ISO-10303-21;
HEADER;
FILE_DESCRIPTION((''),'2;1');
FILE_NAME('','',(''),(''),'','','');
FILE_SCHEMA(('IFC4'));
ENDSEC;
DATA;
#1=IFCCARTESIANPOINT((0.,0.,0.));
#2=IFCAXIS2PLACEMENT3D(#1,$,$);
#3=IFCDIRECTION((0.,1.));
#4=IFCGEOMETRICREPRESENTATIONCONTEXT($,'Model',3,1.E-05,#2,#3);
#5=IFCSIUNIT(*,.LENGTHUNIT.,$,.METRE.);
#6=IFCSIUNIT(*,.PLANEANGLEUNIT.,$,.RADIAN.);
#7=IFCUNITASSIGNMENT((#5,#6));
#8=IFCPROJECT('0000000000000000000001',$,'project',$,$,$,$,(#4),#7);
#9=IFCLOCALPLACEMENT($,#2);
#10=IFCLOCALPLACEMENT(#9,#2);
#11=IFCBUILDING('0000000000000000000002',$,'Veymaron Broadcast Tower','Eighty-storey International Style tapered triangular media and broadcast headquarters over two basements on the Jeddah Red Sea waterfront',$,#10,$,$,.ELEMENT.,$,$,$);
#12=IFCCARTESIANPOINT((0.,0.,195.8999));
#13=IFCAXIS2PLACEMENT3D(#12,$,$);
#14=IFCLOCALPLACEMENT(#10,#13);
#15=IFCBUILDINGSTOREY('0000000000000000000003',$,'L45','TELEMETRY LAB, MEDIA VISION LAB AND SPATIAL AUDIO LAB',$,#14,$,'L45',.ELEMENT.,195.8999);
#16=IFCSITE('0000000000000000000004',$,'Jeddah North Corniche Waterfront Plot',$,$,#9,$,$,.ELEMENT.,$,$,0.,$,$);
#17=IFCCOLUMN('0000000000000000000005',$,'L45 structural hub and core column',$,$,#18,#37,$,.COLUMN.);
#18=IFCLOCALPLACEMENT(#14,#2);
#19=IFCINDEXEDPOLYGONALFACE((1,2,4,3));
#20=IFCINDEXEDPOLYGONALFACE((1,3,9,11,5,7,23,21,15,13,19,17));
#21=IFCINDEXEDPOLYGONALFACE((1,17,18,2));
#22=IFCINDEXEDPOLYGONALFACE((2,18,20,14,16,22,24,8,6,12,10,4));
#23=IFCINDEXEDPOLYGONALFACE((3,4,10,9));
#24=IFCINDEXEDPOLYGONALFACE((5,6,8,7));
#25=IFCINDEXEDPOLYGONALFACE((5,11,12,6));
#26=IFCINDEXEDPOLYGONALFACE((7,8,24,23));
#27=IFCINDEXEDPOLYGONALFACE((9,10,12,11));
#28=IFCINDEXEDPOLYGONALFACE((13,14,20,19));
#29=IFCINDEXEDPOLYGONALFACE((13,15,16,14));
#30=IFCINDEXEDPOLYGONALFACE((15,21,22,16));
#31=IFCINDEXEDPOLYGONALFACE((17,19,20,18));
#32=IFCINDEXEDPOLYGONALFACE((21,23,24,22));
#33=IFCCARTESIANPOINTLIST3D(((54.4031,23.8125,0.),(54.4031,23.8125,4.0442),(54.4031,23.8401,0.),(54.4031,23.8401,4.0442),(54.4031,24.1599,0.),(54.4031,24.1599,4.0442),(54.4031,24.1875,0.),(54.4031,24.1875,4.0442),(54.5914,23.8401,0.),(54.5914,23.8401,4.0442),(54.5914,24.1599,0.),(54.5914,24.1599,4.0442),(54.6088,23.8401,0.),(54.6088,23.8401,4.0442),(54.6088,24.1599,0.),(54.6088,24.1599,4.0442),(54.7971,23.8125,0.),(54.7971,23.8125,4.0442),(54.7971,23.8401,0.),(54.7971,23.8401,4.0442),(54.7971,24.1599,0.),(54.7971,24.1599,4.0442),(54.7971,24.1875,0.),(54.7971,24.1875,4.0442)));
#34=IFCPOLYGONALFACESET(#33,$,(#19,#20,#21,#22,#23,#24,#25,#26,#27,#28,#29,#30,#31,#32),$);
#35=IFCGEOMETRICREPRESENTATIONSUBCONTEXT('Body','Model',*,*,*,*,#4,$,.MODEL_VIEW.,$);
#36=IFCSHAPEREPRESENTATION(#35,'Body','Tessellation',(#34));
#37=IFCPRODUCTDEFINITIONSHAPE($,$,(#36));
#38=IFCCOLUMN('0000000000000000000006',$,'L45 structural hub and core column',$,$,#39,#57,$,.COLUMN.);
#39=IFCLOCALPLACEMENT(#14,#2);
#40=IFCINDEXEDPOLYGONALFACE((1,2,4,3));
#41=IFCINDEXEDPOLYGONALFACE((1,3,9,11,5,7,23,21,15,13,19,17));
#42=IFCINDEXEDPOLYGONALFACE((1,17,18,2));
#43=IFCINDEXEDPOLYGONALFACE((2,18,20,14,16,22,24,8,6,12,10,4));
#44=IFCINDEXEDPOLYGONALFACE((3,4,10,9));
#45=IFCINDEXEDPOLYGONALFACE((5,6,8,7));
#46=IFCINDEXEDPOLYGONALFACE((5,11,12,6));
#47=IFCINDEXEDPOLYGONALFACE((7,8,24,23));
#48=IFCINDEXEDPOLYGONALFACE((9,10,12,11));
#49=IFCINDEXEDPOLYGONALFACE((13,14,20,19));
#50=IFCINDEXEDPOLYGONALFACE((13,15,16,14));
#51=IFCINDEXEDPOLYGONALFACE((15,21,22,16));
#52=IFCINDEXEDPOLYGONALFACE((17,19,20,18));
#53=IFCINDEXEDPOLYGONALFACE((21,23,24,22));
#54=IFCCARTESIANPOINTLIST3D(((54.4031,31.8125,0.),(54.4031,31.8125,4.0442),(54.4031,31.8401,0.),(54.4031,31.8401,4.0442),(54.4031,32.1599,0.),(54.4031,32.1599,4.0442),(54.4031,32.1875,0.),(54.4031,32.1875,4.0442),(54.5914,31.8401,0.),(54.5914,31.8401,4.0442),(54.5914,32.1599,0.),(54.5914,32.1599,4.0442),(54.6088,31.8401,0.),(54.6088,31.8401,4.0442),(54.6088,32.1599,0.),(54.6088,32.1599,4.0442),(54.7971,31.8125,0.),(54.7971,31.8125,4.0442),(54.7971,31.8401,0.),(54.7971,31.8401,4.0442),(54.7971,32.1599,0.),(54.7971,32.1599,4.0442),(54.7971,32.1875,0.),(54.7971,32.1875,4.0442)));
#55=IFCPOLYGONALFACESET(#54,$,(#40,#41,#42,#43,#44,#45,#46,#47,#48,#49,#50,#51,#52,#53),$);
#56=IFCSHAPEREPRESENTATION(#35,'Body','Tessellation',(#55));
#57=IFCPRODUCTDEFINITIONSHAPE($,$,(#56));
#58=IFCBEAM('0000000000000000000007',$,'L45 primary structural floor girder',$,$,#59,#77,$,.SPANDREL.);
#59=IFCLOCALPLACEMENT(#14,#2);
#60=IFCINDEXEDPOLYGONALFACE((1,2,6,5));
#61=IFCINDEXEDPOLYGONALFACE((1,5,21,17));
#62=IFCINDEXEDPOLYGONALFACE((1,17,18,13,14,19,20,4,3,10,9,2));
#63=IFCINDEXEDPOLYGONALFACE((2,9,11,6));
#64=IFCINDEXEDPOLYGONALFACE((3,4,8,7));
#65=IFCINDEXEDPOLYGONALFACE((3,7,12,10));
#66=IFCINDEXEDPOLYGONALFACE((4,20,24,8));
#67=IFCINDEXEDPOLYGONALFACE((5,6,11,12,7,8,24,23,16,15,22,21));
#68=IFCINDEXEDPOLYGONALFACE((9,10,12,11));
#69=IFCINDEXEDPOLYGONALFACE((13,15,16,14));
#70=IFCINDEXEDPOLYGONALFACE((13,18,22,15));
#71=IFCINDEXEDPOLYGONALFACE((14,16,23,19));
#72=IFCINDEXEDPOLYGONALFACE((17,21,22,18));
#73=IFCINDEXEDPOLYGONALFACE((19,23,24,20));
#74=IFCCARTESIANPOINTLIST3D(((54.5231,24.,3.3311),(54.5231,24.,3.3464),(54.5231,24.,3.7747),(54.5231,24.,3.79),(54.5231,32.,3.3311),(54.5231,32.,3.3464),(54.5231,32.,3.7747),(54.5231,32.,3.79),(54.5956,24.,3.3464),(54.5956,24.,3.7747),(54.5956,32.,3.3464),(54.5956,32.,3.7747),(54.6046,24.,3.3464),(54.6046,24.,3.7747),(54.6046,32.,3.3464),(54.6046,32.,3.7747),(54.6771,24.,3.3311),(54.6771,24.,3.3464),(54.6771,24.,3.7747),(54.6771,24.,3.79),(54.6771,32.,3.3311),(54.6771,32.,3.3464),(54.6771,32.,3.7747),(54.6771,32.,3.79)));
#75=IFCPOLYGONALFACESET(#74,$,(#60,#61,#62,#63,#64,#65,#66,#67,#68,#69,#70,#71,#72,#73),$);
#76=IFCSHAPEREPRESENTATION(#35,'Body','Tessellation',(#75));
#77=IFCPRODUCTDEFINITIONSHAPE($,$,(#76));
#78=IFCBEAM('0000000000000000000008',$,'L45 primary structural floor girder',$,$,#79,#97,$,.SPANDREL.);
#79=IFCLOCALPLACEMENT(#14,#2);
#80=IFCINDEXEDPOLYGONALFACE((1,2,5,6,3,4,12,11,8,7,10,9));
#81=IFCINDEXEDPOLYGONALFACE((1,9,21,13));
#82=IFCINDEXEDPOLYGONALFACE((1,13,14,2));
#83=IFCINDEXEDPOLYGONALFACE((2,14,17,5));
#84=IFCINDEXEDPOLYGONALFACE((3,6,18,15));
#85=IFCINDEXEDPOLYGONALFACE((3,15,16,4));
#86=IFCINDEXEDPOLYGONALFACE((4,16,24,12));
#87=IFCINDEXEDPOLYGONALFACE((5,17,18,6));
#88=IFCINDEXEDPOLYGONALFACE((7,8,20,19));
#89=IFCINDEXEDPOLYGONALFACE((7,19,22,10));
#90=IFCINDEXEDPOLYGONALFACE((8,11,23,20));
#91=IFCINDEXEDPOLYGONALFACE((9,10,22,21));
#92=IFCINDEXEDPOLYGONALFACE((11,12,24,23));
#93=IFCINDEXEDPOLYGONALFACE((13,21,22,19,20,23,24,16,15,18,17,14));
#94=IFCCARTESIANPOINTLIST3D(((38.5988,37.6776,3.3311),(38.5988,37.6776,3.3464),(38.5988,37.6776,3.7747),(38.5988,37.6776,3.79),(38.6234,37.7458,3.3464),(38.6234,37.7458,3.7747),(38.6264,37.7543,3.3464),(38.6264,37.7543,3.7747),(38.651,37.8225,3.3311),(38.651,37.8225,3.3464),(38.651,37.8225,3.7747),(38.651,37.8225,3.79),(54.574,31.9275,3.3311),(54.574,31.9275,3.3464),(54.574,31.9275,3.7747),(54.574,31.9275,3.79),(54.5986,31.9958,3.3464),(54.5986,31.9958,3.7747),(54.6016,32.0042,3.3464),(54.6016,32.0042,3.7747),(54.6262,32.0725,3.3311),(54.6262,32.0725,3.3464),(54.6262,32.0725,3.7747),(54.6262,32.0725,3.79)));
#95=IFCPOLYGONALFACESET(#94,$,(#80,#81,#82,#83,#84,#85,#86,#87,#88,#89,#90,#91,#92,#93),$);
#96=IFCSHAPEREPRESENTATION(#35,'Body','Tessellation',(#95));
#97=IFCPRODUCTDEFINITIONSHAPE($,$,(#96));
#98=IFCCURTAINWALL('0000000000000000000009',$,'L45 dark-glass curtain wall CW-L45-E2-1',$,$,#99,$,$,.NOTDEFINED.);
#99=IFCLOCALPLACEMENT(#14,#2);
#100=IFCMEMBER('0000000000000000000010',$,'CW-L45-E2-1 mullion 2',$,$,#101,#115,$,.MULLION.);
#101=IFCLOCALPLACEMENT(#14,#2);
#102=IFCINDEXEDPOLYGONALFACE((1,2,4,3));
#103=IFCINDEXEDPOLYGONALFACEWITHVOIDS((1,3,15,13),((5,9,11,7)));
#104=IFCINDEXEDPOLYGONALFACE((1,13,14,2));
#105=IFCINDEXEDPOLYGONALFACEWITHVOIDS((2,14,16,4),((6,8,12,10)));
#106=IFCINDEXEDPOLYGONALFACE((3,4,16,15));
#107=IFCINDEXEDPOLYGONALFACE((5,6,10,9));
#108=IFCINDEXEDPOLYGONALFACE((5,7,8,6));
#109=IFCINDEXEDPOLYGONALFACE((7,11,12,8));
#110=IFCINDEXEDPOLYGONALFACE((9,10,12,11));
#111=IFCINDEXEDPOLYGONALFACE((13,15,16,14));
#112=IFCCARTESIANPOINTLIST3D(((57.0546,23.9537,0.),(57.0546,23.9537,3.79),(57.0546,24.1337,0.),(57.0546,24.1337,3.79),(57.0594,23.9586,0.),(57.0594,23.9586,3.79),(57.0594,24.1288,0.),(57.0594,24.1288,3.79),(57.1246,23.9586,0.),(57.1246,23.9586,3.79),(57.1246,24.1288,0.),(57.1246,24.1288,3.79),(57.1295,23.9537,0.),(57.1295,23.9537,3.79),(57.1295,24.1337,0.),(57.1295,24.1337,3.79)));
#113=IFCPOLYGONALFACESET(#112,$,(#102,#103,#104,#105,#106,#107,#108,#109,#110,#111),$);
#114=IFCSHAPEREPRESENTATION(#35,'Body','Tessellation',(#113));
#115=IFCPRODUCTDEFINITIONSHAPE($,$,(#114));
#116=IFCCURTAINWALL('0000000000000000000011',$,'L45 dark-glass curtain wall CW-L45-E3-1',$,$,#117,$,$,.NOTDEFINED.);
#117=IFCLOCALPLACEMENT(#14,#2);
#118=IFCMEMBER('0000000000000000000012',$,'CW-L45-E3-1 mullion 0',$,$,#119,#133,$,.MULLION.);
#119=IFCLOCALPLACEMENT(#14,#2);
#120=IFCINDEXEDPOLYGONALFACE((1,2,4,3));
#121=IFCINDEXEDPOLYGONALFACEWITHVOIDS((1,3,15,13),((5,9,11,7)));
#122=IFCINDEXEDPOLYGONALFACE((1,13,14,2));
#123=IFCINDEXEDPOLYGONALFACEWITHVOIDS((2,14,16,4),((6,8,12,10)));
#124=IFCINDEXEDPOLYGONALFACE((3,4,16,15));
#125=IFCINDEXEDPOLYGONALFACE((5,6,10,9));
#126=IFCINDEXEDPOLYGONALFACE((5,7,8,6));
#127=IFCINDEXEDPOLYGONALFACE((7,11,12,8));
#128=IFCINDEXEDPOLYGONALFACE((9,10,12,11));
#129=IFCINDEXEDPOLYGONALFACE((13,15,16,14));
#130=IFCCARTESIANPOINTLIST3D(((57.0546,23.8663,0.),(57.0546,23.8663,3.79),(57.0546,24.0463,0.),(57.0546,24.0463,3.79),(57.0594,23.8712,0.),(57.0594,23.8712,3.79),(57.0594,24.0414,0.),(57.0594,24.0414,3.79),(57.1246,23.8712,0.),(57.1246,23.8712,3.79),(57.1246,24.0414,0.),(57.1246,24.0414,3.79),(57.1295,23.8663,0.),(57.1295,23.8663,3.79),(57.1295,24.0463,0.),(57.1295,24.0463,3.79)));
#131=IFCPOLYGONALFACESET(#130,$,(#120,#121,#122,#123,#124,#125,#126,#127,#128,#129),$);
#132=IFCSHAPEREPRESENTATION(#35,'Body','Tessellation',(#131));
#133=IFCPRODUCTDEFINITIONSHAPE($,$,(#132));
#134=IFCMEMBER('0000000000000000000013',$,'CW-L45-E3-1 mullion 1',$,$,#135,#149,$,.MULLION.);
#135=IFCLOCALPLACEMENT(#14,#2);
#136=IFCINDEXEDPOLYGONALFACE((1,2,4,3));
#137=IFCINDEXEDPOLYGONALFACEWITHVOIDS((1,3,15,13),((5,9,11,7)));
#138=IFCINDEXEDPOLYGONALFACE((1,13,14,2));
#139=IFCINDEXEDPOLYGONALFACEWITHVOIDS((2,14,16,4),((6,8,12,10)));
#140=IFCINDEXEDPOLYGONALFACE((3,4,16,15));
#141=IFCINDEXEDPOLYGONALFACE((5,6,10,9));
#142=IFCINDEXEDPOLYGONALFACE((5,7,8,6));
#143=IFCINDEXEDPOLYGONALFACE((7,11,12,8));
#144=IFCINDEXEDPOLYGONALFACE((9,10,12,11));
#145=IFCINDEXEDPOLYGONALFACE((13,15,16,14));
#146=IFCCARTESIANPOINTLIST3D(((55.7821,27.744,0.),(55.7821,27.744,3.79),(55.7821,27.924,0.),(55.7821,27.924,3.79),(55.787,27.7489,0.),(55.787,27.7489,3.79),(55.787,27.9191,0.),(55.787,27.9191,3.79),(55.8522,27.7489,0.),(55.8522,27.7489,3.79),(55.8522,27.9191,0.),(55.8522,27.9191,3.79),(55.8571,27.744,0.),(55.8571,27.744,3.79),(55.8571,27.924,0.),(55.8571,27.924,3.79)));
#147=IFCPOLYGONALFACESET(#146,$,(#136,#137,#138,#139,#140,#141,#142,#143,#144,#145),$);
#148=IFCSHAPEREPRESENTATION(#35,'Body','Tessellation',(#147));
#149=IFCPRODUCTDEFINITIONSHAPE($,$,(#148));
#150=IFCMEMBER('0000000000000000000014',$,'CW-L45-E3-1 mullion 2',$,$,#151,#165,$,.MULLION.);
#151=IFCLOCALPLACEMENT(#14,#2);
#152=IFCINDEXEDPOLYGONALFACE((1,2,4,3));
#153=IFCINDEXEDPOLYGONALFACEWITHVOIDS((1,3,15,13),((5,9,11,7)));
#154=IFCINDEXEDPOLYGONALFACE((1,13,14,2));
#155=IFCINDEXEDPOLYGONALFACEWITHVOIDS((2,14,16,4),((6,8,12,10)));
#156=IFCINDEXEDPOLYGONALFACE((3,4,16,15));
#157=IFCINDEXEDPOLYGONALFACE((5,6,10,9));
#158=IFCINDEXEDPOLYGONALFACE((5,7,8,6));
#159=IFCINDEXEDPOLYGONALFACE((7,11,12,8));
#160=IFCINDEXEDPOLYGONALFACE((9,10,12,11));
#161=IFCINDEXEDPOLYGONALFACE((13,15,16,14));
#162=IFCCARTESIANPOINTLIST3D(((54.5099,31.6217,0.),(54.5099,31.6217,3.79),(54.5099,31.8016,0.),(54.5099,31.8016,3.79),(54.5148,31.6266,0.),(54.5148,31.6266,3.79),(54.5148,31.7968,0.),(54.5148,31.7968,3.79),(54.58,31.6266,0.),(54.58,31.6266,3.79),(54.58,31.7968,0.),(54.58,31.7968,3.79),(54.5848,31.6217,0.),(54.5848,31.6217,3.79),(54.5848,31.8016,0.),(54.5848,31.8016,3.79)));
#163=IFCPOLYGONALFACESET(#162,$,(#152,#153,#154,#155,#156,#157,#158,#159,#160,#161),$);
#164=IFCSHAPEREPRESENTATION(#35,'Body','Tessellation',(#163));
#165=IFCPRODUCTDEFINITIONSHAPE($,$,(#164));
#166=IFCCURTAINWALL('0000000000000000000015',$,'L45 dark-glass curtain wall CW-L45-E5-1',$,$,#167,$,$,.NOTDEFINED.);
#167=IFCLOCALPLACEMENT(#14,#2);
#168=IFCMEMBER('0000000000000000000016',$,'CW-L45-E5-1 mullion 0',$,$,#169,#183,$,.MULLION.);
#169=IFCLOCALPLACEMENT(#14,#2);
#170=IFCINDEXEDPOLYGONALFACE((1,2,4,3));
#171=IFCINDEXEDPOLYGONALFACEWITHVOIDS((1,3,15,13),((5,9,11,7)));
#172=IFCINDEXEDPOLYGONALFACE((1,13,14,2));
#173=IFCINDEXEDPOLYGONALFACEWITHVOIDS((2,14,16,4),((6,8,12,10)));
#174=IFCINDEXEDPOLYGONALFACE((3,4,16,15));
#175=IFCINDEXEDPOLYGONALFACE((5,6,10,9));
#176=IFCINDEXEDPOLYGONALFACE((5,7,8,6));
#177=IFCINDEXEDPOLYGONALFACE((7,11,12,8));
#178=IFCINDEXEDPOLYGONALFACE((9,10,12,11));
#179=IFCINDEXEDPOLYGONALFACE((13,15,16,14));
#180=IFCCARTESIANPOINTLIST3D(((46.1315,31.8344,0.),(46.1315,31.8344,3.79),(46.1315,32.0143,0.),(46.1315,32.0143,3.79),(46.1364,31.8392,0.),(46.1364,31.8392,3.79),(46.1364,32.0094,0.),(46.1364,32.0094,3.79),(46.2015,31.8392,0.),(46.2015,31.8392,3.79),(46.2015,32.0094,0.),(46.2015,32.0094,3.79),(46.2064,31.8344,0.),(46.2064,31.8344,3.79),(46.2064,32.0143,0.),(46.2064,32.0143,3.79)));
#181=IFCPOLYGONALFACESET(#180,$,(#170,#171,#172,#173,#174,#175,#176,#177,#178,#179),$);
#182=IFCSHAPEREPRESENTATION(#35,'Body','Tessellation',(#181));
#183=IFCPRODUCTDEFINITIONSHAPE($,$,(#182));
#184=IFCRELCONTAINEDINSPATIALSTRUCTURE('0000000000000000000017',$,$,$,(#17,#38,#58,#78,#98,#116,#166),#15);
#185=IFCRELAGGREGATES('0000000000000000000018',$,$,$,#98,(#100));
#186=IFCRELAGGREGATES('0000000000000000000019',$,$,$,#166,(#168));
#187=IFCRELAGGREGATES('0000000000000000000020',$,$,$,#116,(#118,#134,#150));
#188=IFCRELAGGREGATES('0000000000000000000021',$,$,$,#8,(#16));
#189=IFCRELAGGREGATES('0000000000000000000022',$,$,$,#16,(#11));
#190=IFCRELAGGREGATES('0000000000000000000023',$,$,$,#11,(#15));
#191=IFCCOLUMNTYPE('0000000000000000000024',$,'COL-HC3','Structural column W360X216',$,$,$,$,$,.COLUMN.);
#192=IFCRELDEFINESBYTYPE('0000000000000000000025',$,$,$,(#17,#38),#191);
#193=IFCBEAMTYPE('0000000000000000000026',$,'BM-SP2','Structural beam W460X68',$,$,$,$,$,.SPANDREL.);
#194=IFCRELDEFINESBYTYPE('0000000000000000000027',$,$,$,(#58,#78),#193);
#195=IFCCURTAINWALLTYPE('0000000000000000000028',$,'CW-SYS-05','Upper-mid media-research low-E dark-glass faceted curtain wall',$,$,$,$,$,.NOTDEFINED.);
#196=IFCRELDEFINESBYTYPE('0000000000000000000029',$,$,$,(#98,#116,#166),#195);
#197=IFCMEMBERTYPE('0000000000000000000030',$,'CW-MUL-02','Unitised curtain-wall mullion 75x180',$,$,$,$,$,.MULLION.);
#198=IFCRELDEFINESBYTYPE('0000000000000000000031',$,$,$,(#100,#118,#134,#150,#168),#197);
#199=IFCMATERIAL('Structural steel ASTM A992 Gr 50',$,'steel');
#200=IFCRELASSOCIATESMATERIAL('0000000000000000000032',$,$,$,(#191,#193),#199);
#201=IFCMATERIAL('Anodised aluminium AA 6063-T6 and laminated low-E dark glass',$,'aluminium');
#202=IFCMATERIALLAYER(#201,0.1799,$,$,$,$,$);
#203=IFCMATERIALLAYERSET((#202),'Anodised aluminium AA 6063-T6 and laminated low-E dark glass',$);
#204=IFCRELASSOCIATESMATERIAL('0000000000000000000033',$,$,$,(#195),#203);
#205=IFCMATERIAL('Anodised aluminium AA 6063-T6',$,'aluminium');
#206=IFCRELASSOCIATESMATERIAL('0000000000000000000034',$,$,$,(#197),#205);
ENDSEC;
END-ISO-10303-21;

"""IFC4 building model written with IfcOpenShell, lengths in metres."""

from ifc_helpers import new_model, si_unit, direction, frame, origin, origin_2d, place, context, subcontext, project, spatial, hollow_rectangle, i_section, extrude, material, layer, layer_set, material_profile, profile_set, type_object, element, aggregate, save


model = new_model("IFC4")

# Units and contexts
model_context = context("Model", 3, precision=1e-05, world=origin(), true_north=direction((0.0, 1.0)))
body_context = subcontext(model_context, "Body", "Model", "MODEL_VIEW")
ifc_project = project(units=[si_unit("LENGTHUNIT", "METRE"), si_unit("PLANEANGLEUNIT", "RADIAN")], contexts=[model_context])

# Site, building, storey
site_placement = place(None, origin())
site = spatial("IfcSite", under=ifc_project, at=site_placement, Name="Jeddah North Corniche Waterfront Plot", CompositionType="ELEMENT", RefElevation=0.0)
building_placement = place(site_placement, origin())
building = spatial("IfcBuilding", under=site, at=building_placement, Name="Veymaron Broadcast Tower", Description="Eighty-storey International Style tapered triangular media and broadcast headquarters over two basements on the Jeddah Red Sea waterfront", CompositionType="ELEMENT")
storey_placement = place(building_placement, frame((0.0, 0.0, 195.8999)))
storey = spatial("IfcBuildingStorey", under=building, at=storey_placement, Name="L45", Description="TELEMETRY LAB, MEDIA VISION LAB AND SPATIAL AUDIO LAB", LongName="L45", CompositionType="ELEMENT", Elevation=195.8999)

# Columns
ifc_material_1 = material(Name="Structural steel ASTM A992 Gr 50", Category="steel")
ifc_material_profile_1 = material_profile(ifc_material_1, i_section(OverallWidth=0.394, OverallDepth=0.375, WebThickness=0.0173, FlangeThickness=0.0276, at=origin_2d()), Name="W360X216")
ifc_profile_set_1 = profile_set([ifc_material_profile_1], Name="Structural steel ASTM A992 Gr 50")
column_type = type_object("IfcColumnType", Name="COL-HC3", Description="Structural column W360X216", PredefinedType="COLUMN", material=ifc_profile_set_1)
for number, where, z_axis, x_axis, name in (
    (1, (54.6001, 24.0, 0.0), (0.0, 0.0, 1.0), (1.0, 0.0, 0.0), "L45 structural hub and core column"),
    (2, (54.6001, 32.0, 0.0), (0.0, 0.0, 1.0), (1.0, 0.0, 0.0), "L45 structural hub and core column"),
):
    element("IfcColumn", number, at=place(storey_placement, frame(where, z_axis=z_axis, x_axis=x_axis)), inside=storey, type_object=column_type, Name=name, PredefinedType="COLUMN", context=body_context, shape_type="SweptSolid", body=[
        extrude(i_section(OverallWidth=0.394, OverallDepth=0.375, WebThickness=0.0173, FlangeThickness=0.0276, at=origin_2d()), origin(), (0.0, 0.0, 1.0), 4.0442),
    ])

# Beams
ifc_material_profile_2 = material_profile(ifc_material_1, i_section(OverallWidth=0.1541, OverallDepth=0.459, WebThickness=0.009, FlangeThickness=0.0154, at=origin_2d()), Name="W460X68")
ifc_profile_set_2 = profile_set([ifc_material_profile_2], Name="Structural steel ASTM A992 Gr 50")
beam_type = type_object("IfcBeamType", Name="BM-SP2", Description="Structural beam W460X68", PredefinedType="SPANDREL", material=ifc_profile_set_2)
beam_1_placement = place(storey_placement, frame((54.6001, 24.0, 3.5605), z_axis=(0.0, 1.0, 0.0), x_axis=(-1.0, 0.0, 0.0)))
element("IfcBeam", 3, at=beam_1_placement, inside=storey, type_object=beam_type, Name="L45 primary structural floor girder", PredefinedType="SPANDREL", context=body_context, shape_type="SweptSolid", body=[
    extrude(i_section(OverallWidth=0.1541, OverallDepth=0.459, WebThickness=0.009, FlangeThickness=0.0154, at=origin_2d()), origin(), (0.0, 0.0, 1.0), 8.0),
])
beam_2_placement = place(storey_placement, frame((54.6001, 32.0, 3.5605), z_axis=(-0.940907, 0.338665, 0.0), x_axis=(-0.338665, -0.940907, 0.0)))
element("IfcBeam", 4, at=beam_2_placement, inside=storey, type_object=beam_type, Name="L45 primary structural floor girder", PredefinedType="SPANDREL", context=body_context, shape_type="SweptSolid", body=[
    extrude(i_section(OverallWidth=0.1541, OverallDepth=0.459, WebThickness=0.009, FlangeThickness=0.0154, at=origin_2d()), origin(), (0.0, 0.0, 1.0), 16.9785),
])

# Curtain wall, member
ifc_material_2 = material(Name="Anodised aluminium AA 6063-T6 and laminated low-E dark glass", Category="aluminium")
ifc_layer_1 = layer(ifc_material_2, 0.1799)
ifc_layer_set_1 = layer_set([ifc_layer_1], Name="Anodised aluminium AA 6063-T6 and laminated low-E dark glass")
curtain_wall_type = type_object("IfcCurtainWallType", Name="CW-SYS-05", Description="Upper-mid media-research low-E dark-glass faceted curtain wall", PredefinedType="NOTDEFINED", material=ifc_layer_set_1)
curtain_wall_1_placement = place(storey_placement, origin())
curtain_wall_1 = element("IfcCurtainWall", 5, at=curtain_wall_1_placement, inside=storey, type_object=curtain_wall_type, Name="L45 dark-glass curtain wall CW-L45-E2-1", PredefinedType="NOTDEFINED")
ifc_material_3 = material(Name="Anodised aluminium AA 6063-T6", Category="aluminium")
ifc_material_profile_3 = material_profile(ifc_material_3, hollow_rectangle(XDim=0.075, YDim=0.1799, WallThickness=0.0049, at=origin_2d()), Name="AL180X75X5")
ifc_profile_set_3 = profile_set([ifc_material_profile_3], Name="Anodised aluminium AA 6063-T6")
member_type_1 = type_object("IfcMemberType", Name="CW-MUL-02", Description="Unitised curtain-wall mullion 75x180", PredefinedType="MULLION", material=ifc_profile_set_3)
member_1_placement = place(storey_placement, frame((57.092, 24.0437, 0.0), z_axis=(0.0, 0.0, 1.0), x_axis=(1.0, 0.0, 0.0)))
member_1 = element("IfcMember", 6, at=member_1_placement, type_object=member_type_1, Name="CW-L45-E2-1 mullion 2", PredefinedType="MULLION", context=body_context, shape_type="SweptSolid", body=[
    extrude(hollow_rectangle(XDim=0.075, YDim=0.1799, WallThickness=0.0049, at=origin_2d()), origin(), (0.0, 0.0, 1.0), 3.79),
])
aggregate(curtain_wall_1, [member_1])

# Curtain wall, members
curtain_wall_2_placement = place(storey_placement, origin())
curtain_wall_2 = element("IfcCurtainWall", 7, at=curtain_wall_2_placement, inside=storey, type_object=curtain_wall_type, Name="L45 dark-glass curtain wall CW-L45-E3-1", PredefinedType="NOTDEFINED")
member_2_placement = place(storey_placement, frame((57.092, 23.9563, 0.0), z_axis=(0.0, 0.0, 1.0), x_axis=(1.0, 0.0, 0.0)))
member_2 = element("IfcMember", 8, at=member_2_placement, type_object=member_type_1, Name="CW-L45-E3-1 mullion 0", PredefinedType="MULLION", context=body_context, shape_type="SweptSolid", body=[
    extrude(hollow_rectangle(XDim=0.075, YDim=0.1799, WallThickness=0.0049, at=origin_2d()), origin(), (0.0, 0.0, 1.0), 3.79),
])
member_3_placement = place(storey_placement, frame((55.8196, 27.834, 0.0), z_axis=(0.0, 0.0, 1.0), x_axis=(1.0, 0.0, 0.0)))
member_3 = element("IfcMember", 9, at=member_3_placement, type_object=member_type_1, Name="CW-L45-E3-1 mullion 1", PredefinedType="MULLION", context=body_context, shape_type="SweptSolid", body=[
    extrude(hollow_rectangle(XDim=0.075, YDim=0.1799, WallThickness=0.0049, at=origin_2d()), origin(), (0.0, 0.0, 1.0), 3.79),
])
member_4_placement = place(storey_placement, frame((54.5474, 31.7117, 0.0), z_axis=(0.0, 0.0, 1.0), x_axis=(1.0, 0.0, 0.0)))
member_4 = element("IfcMember", 10, at=member_4_placement, type_object=member_type_1, Name="CW-L45-E3-1 mullion 2", PredefinedType="MULLION", context=body_context, shape_type="SweptSolid", body=[
    extrude(hollow_rectangle(XDim=0.075, YDim=0.1799, WallThickness=0.0049, at=origin_2d()), origin(), (0.0, 0.0, 1.0), 3.79),
])

# Curtain wall, member
curtain_wall_3_placement = place(storey_placement, origin())
curtain_wall_3 = element("IfcCurtainWall", 11, at=curtain_wall_3_placement, inside=storey, type_object=curtain_wall_type, Name="L45 dark-glass curtain wall CW-L45-E5-1", PredefinedType="NOTDEFINED")
member_5_placement = place(storey_placement, frame((46.1689, 31.9243, 0.0), z_axis=(0.0, 0.0, 1.0), x_axis=(1.0, 0.0, 0.0)))
member_5 = element("IfcMember", 12, at=member_5_placement, type_object=member_type_1, Name="CW-L45-E5-1 mullion 0", PredefinedType="MULLION", context=body_context, shape_type="SweptSolid", body=[
    extrude(hollow_rectangle(XDim=0.075, YDim=0.1799, WallThickness=0.0049, at=origin_2d()), origin(), (0.0, 0.0, 1.0), 3.79),
])

aggregate(curtain_wall_3, [member_5])

aggregate(curtain_wall_2, [member_2, member_3, member_4])

save(model, "model.ifc")
